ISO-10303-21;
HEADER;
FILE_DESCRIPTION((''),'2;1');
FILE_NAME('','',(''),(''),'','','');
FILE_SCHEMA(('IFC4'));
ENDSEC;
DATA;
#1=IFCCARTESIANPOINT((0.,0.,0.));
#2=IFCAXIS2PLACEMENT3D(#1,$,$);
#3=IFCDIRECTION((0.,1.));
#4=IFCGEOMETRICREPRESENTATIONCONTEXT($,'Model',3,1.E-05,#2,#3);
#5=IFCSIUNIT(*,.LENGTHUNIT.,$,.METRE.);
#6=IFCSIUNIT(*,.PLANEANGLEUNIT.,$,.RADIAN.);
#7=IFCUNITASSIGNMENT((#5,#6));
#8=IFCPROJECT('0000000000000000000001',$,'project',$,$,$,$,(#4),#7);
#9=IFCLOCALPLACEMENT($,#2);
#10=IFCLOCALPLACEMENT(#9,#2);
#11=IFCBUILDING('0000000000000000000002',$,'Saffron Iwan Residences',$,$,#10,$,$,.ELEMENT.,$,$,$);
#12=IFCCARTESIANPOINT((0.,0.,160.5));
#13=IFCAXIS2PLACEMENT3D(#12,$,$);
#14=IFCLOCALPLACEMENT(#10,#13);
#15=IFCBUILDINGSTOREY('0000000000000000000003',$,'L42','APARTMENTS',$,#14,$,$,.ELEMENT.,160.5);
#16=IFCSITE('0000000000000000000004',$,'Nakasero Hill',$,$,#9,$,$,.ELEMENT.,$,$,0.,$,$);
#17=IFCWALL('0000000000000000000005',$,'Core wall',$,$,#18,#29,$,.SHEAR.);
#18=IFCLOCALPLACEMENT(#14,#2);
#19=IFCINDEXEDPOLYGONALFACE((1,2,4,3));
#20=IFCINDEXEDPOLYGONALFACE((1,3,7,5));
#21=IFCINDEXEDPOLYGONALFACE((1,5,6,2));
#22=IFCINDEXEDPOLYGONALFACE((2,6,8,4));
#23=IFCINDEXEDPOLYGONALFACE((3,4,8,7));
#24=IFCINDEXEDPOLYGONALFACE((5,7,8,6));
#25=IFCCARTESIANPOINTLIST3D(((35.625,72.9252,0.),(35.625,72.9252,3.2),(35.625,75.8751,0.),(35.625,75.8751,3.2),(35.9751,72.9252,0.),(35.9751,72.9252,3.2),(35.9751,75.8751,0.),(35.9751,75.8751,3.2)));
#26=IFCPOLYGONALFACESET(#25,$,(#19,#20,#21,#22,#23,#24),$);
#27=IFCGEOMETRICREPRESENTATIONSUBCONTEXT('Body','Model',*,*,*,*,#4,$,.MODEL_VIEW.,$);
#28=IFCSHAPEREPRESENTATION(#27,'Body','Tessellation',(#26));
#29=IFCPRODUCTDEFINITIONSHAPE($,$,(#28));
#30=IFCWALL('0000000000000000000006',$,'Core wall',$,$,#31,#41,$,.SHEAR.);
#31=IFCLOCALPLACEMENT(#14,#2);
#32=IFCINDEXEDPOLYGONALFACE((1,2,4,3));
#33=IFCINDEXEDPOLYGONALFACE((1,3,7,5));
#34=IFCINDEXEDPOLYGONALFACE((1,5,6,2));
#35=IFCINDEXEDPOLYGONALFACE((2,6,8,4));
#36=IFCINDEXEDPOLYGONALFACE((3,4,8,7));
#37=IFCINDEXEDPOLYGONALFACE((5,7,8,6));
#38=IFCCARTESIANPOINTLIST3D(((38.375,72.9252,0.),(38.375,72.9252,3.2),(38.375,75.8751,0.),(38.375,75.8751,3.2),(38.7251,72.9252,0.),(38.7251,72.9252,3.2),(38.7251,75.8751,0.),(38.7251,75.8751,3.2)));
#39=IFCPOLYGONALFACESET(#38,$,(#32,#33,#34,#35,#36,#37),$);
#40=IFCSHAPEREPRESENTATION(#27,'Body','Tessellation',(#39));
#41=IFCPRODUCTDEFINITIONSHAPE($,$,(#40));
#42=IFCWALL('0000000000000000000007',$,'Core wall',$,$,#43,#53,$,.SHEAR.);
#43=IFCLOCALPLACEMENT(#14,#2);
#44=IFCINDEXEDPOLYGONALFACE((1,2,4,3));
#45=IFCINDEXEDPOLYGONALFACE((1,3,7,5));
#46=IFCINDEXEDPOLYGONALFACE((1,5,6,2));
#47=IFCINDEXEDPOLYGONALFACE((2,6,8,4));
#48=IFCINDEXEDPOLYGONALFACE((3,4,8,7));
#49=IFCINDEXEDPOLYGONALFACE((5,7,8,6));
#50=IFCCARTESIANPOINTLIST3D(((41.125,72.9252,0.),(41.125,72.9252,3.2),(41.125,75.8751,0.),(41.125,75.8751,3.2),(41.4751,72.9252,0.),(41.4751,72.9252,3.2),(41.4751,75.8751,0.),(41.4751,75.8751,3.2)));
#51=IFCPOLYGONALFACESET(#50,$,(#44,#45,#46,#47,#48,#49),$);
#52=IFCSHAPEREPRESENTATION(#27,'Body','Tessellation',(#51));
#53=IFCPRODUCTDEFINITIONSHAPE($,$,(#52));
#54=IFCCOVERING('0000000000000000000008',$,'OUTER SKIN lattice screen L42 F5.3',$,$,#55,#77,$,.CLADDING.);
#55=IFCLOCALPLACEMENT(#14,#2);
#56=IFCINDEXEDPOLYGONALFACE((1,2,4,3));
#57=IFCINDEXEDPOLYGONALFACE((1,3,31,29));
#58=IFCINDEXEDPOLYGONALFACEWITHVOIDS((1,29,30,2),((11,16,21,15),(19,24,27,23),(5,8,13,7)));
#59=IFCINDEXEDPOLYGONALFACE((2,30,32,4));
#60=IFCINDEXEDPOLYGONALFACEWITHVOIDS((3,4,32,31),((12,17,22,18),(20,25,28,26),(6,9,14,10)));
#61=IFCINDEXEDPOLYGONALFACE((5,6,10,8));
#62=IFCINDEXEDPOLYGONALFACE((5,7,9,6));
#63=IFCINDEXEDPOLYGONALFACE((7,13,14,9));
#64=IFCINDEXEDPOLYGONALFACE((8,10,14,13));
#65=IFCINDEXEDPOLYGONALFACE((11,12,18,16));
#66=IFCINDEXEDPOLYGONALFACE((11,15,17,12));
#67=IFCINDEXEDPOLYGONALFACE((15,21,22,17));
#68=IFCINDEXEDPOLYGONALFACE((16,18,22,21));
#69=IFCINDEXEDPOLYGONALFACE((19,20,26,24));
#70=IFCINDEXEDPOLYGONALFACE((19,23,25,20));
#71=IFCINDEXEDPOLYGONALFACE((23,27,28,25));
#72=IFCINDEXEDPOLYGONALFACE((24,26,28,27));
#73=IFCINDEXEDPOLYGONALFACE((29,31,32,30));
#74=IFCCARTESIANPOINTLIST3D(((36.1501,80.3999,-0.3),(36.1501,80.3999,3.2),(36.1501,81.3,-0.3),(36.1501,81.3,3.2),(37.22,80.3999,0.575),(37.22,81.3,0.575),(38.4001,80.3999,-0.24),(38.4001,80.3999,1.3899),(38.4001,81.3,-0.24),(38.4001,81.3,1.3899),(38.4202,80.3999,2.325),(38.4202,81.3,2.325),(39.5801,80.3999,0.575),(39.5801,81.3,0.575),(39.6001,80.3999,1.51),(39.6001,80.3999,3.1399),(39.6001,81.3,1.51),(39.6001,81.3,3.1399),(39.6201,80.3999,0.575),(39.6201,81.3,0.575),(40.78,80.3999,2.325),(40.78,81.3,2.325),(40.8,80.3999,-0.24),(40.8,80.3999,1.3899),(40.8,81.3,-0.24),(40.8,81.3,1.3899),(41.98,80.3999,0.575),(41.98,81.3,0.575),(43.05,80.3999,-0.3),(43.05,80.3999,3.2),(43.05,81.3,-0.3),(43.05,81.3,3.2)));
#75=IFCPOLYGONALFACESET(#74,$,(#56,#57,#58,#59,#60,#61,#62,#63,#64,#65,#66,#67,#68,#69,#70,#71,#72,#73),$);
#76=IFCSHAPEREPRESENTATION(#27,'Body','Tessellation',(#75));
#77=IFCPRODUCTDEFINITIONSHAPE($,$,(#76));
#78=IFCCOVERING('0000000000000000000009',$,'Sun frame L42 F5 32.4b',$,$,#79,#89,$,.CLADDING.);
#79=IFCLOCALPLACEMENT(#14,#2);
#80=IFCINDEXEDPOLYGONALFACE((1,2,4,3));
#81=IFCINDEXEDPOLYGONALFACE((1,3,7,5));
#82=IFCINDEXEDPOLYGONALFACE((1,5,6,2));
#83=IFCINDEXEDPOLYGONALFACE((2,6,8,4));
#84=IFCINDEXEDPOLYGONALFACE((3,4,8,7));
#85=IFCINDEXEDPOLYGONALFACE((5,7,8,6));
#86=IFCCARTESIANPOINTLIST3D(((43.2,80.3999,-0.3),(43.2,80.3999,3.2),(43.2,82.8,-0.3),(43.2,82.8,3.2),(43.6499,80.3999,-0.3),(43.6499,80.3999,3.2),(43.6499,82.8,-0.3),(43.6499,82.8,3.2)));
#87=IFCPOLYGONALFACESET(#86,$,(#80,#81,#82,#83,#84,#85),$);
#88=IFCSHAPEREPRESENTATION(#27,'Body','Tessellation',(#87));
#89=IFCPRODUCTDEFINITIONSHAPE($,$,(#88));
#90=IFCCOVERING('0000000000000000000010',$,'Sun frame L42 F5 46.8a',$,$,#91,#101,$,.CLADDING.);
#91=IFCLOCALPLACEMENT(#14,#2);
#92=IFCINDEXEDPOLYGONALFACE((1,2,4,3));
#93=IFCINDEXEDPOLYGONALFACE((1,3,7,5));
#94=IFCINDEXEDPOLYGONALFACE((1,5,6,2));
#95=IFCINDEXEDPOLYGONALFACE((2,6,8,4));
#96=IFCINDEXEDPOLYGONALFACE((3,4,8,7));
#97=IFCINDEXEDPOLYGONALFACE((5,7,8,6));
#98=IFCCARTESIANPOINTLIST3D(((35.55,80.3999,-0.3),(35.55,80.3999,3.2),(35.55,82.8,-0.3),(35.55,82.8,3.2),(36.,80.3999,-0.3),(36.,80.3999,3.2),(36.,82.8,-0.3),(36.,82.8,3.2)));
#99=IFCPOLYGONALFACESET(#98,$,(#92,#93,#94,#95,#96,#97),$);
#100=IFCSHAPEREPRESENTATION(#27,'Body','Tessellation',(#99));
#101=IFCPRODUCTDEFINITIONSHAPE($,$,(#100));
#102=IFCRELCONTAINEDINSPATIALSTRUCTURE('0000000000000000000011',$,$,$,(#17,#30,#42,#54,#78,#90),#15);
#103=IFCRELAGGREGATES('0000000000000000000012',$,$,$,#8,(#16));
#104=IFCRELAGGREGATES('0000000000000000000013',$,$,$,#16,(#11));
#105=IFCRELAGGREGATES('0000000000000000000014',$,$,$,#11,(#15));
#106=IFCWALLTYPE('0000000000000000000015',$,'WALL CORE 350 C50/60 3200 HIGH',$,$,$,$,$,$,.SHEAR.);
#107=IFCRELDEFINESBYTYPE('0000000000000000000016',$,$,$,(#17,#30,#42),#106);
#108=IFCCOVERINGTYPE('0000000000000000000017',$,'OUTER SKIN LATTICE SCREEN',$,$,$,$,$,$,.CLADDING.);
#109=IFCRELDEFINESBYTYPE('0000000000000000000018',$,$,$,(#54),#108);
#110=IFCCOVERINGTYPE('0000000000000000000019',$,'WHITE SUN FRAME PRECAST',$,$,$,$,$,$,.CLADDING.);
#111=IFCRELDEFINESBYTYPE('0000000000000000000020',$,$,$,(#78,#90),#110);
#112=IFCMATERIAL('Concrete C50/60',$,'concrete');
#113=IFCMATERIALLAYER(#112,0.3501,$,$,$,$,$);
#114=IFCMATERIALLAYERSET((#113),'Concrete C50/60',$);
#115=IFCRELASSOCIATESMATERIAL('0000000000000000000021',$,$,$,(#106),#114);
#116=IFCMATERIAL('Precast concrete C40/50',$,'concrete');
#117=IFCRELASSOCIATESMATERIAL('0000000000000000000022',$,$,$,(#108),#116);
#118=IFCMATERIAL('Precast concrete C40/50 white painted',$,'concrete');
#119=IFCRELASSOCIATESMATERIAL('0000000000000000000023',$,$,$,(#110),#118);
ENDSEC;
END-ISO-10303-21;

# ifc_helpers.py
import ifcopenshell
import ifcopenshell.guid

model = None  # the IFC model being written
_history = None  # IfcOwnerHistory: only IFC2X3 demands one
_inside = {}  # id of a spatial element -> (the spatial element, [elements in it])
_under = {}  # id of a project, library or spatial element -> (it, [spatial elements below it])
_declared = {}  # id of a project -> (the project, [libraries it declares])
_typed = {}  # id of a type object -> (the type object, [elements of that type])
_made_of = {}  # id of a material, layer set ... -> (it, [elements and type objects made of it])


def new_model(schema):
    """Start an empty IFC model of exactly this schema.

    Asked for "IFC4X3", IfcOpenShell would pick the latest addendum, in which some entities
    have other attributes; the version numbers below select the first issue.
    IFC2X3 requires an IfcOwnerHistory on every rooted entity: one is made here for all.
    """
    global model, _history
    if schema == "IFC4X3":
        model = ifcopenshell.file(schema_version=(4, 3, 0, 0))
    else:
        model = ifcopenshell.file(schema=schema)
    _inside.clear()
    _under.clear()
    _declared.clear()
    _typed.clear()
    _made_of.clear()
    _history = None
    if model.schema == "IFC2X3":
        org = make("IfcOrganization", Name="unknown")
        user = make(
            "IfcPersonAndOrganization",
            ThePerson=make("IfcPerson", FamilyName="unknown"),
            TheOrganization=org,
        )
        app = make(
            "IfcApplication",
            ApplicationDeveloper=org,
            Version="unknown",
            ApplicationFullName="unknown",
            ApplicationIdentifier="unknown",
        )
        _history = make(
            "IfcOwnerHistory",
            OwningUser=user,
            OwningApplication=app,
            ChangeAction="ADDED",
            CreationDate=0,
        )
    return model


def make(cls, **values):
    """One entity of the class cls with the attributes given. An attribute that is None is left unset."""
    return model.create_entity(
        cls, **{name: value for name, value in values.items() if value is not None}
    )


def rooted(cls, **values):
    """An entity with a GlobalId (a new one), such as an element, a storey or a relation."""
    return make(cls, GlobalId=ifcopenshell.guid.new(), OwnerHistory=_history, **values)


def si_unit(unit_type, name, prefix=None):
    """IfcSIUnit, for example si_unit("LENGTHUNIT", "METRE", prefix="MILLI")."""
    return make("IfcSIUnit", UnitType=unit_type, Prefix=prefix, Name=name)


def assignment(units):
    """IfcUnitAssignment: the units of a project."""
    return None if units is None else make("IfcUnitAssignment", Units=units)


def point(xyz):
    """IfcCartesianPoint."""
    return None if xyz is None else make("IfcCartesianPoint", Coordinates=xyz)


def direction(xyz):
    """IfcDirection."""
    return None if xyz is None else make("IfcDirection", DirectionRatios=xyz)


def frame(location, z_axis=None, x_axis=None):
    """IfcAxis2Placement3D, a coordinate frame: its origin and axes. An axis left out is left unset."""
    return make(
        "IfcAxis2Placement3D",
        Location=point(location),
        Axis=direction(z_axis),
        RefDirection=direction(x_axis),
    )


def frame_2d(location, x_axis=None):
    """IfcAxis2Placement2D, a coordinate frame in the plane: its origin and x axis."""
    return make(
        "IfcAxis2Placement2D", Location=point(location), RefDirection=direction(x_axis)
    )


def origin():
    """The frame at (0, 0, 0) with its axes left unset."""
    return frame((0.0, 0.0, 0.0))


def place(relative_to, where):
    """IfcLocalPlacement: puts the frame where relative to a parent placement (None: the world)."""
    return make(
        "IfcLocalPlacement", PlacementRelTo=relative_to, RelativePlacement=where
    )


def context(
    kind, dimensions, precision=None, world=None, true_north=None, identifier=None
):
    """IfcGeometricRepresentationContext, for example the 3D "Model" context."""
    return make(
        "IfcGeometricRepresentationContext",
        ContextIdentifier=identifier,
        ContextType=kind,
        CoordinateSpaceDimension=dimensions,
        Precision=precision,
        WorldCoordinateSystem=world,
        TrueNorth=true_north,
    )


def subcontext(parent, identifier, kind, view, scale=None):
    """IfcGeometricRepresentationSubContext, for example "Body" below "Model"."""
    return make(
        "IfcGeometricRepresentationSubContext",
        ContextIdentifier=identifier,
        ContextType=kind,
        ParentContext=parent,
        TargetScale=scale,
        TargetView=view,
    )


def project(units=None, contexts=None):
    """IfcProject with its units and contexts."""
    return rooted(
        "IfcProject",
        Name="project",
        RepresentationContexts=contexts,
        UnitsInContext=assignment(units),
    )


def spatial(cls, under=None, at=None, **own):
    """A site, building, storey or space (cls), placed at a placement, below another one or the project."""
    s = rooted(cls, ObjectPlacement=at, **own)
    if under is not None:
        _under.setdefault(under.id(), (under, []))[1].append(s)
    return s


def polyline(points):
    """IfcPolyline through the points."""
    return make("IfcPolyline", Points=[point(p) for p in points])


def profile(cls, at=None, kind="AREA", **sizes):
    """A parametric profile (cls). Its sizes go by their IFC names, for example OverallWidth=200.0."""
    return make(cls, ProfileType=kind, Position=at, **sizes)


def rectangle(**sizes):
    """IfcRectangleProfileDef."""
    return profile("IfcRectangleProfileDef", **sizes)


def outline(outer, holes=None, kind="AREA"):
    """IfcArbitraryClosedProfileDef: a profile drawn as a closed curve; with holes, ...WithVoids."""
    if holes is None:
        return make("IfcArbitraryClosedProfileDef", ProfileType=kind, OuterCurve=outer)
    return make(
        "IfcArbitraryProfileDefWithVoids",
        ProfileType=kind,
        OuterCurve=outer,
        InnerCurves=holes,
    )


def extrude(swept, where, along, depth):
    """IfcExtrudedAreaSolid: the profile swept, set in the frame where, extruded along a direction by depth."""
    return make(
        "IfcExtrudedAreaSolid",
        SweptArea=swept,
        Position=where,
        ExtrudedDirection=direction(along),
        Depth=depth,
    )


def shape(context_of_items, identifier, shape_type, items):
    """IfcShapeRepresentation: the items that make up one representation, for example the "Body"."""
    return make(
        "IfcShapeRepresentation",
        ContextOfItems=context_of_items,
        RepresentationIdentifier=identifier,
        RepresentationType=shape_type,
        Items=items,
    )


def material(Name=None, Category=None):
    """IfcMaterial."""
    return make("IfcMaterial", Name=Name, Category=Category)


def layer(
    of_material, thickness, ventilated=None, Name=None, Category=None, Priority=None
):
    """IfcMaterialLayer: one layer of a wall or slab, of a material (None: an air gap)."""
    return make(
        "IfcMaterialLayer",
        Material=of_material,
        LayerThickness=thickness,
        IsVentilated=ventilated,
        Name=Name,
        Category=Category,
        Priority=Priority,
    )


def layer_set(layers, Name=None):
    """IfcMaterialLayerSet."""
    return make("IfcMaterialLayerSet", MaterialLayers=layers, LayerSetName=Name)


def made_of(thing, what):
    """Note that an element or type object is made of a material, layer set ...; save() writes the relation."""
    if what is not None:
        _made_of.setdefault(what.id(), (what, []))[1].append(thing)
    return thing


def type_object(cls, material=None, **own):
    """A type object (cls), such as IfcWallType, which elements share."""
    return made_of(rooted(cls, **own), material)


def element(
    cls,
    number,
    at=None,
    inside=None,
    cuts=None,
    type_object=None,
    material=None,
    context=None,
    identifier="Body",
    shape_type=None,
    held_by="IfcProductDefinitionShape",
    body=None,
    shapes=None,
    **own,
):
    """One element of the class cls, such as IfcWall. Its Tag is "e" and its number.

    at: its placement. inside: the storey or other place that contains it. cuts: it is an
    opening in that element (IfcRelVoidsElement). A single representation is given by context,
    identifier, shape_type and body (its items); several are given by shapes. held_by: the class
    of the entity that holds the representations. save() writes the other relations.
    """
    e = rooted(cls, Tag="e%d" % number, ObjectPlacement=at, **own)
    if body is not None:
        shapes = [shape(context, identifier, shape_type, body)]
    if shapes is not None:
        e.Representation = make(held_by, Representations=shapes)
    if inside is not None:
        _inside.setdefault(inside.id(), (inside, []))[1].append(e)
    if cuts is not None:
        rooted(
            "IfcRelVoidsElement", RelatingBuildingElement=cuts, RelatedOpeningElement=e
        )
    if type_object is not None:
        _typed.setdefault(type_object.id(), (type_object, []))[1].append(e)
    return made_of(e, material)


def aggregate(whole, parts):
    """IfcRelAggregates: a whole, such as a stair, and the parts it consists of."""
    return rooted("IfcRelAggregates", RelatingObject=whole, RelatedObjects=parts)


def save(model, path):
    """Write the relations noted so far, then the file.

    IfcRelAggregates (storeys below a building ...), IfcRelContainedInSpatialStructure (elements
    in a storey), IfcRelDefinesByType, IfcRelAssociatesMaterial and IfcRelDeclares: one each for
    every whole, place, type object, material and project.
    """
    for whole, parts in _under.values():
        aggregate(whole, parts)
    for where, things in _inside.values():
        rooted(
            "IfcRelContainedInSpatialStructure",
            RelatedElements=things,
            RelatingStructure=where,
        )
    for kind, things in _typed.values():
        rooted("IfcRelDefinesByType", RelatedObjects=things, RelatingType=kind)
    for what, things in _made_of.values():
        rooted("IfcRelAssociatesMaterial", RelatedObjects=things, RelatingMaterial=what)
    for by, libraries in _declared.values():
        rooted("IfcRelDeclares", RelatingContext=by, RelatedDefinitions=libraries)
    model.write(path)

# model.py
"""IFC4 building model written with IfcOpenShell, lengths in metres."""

from ifc_helpers import new_model, si_unit, direction, frame, frame_2d, origin, place, context, subcontext, project, spatial, polyline, rectangle, outline, extrude, material, layer, layer_set, type_object, element, save


model = new_model("IFC4")

# Units and contexts
model_context = context("Model", 3, precision=1e-05, world=origin(), true_north=direction((0.0, 1.0)))
body_context = subcontext(model_context, "Body", "Model", "MODEL_VIEW")
ifc_project = project(units=[si_unit("LENGTHUNIT", "METRE"), si_unit("PLANEANGLEUNIT", "RADIAN")], contexts=[model_context])

# Site, building, storey
site_placement = place(None, origin())
site = spatial("IfcSite", under=ifc_project, at=site_placement, Name="Nakasero Hill", CompositionType="ELEMENT", RefElevation=0.0)
building_placement = place(site_placement, origin())
building = spatial("IfcBuilding", under=site, at=building_placement, Name="Saffron Iwan Residences", CompositionType="ELEMENT")
storey_placement = place(building_placement, frame((0.0, 0.0, 160.5)))
storey = spatial("IfcBuildingStorey", under=building, at=storey_placement, Name="L42", Description="APARTMENTS", CompositionType="ELEMENT", Elevation=160.5)

# Shared definitions
ifc_material_1 = material(Name="Concrete C50/60", Category="concrete")

# Shared definitions
ifc_layer_1 = layer(ifc_material_1, 0.3501)
ifc_layer_set_1 = layer_set([ifc_layer_1], Name="Concrete C50/60")
wall_type_1 = type_object("IfcWallType", Name="WALL CORE 350 C50/60 3200 HIGH", PredefinedType="SHEAR", material=ifc_layer_set_1)

# Walls
for number, where, z_axis, x_axis, name in (
    (1, (35.8, 72.925, 0.0), (0.0, 0.0, 1.0), (0.0, 1.0, 0.0), "Core wall"),
    (2, (38.55, 72.925, 0.0), (0.0, 0.0, 1.0), (0.0, 1.0, 0.0), "Core wall"),
    (3, (41.3, 72.925, 0.0), (0.0, 0.0, 1.0), (0.0, 1.0, 0.0), "Core wall"),
):
    element("IfcWall", number, at=place(storey_placement, frame(where, z_axis=z_axis, x_axis=x_axis)), inside=storey, type_object=wall_type_1, Name=name, PredefinedType="SHEAR", context=body_context, shape_type="SweptSolid", body=[
        extrude(rectangle(XDim=2.95, YDim=0.3501, at=frame_2d((1.4751, 0.0))), origin(), (0.0, 0.0, 1.0), 3.2),
    ])

# Coverings
ifc_material_2 = material(Name="Precast concrete C40/50", Category="concrete")
covering_type_1 = type_object("IfcCoveringType", Name="OUTER SKIN LATTICE SCREEN", PredefinedType="CLADDING", material=ifc_material_2)
covering_placement = place(storey_placement, frame((43.05, 80.3999, -0.3), z_axis=(0.0, 1.0, 0.0), x_axis=(-1.0, 0.0, 0.0)))
element("IfcCovering", 4, at=covering_placement, inside=storey, type_object=covering_type_1, Name="OUTER SKIN lattice screen L42 F5.3", PredefinedType="CLADDING", context=body_context, shape_type="SweptSolid", body=[
    extrude(outline(polyline([(0.0, 0.0), (6.8999, 0.0), (6.8999, 3.5), (0.0, 3.5), (0.0, 0.0)]), holes=[polyline([(1.0701, 0.875), (2.25, 0.0601), (3.4299, 0.875), (2.25, 1.6899), (1.0701, 0.875)]), polyline([(3.47, 0.875), (4.6499, 0.0601), (5.8301, 0.875), (4.6499, 1.6899), (3.47, 0.875)]), polyline([(2.27, 2.625), (3.45, 1.8101), (4.6299, 2.625), (3.45, 3.4399), (2.27, 2.625)])]), origin(), (0.0, 0.0, 1.0), 0.9001),
])
ifc_material_3 = material(Name="Precast concrete C40/50 white painted", Category="concrete")
covering_type_2 = type_object("IfcCoveringType", Name="WHITE SUN FRAME PRECAST", PredefinedType="CLADDING", material=ifc_material_3)
for number, where, z_axis, x_axis, name in (
    (5, (43.6499, 80.3999, -0.3), (0.0, 1.0, 0.0), (-1.0, 0.0, 0.0), "Sun frame L42 F5 32.4b"),
    (6, (36.0, 80.3999, -0.3), (0.0, 1.0, 0.0), (-1.0, 0.0, 0.0), "Sun frame L42 F5 46.8a"),
):
    element("IfcCovering", number, at=place(storey_placement, frame(where, z_axis=z_axis, x_axis=x_axis)), inside=storey, type_object=covering_type_2, Name=name, PredefinedType="CLADDING", context=body_context, shape_type="SweptSolid", body=[
        extrude(outline(polyline([(0.0, 0.0), (0.45, 0.0), (0.45, 3.5), (0.0, 3.5), (0.0, 0.0)])), origin(), (0.0, 0.0, 1.0), 2.4001),
    ])

save(model, "model.ifc")
